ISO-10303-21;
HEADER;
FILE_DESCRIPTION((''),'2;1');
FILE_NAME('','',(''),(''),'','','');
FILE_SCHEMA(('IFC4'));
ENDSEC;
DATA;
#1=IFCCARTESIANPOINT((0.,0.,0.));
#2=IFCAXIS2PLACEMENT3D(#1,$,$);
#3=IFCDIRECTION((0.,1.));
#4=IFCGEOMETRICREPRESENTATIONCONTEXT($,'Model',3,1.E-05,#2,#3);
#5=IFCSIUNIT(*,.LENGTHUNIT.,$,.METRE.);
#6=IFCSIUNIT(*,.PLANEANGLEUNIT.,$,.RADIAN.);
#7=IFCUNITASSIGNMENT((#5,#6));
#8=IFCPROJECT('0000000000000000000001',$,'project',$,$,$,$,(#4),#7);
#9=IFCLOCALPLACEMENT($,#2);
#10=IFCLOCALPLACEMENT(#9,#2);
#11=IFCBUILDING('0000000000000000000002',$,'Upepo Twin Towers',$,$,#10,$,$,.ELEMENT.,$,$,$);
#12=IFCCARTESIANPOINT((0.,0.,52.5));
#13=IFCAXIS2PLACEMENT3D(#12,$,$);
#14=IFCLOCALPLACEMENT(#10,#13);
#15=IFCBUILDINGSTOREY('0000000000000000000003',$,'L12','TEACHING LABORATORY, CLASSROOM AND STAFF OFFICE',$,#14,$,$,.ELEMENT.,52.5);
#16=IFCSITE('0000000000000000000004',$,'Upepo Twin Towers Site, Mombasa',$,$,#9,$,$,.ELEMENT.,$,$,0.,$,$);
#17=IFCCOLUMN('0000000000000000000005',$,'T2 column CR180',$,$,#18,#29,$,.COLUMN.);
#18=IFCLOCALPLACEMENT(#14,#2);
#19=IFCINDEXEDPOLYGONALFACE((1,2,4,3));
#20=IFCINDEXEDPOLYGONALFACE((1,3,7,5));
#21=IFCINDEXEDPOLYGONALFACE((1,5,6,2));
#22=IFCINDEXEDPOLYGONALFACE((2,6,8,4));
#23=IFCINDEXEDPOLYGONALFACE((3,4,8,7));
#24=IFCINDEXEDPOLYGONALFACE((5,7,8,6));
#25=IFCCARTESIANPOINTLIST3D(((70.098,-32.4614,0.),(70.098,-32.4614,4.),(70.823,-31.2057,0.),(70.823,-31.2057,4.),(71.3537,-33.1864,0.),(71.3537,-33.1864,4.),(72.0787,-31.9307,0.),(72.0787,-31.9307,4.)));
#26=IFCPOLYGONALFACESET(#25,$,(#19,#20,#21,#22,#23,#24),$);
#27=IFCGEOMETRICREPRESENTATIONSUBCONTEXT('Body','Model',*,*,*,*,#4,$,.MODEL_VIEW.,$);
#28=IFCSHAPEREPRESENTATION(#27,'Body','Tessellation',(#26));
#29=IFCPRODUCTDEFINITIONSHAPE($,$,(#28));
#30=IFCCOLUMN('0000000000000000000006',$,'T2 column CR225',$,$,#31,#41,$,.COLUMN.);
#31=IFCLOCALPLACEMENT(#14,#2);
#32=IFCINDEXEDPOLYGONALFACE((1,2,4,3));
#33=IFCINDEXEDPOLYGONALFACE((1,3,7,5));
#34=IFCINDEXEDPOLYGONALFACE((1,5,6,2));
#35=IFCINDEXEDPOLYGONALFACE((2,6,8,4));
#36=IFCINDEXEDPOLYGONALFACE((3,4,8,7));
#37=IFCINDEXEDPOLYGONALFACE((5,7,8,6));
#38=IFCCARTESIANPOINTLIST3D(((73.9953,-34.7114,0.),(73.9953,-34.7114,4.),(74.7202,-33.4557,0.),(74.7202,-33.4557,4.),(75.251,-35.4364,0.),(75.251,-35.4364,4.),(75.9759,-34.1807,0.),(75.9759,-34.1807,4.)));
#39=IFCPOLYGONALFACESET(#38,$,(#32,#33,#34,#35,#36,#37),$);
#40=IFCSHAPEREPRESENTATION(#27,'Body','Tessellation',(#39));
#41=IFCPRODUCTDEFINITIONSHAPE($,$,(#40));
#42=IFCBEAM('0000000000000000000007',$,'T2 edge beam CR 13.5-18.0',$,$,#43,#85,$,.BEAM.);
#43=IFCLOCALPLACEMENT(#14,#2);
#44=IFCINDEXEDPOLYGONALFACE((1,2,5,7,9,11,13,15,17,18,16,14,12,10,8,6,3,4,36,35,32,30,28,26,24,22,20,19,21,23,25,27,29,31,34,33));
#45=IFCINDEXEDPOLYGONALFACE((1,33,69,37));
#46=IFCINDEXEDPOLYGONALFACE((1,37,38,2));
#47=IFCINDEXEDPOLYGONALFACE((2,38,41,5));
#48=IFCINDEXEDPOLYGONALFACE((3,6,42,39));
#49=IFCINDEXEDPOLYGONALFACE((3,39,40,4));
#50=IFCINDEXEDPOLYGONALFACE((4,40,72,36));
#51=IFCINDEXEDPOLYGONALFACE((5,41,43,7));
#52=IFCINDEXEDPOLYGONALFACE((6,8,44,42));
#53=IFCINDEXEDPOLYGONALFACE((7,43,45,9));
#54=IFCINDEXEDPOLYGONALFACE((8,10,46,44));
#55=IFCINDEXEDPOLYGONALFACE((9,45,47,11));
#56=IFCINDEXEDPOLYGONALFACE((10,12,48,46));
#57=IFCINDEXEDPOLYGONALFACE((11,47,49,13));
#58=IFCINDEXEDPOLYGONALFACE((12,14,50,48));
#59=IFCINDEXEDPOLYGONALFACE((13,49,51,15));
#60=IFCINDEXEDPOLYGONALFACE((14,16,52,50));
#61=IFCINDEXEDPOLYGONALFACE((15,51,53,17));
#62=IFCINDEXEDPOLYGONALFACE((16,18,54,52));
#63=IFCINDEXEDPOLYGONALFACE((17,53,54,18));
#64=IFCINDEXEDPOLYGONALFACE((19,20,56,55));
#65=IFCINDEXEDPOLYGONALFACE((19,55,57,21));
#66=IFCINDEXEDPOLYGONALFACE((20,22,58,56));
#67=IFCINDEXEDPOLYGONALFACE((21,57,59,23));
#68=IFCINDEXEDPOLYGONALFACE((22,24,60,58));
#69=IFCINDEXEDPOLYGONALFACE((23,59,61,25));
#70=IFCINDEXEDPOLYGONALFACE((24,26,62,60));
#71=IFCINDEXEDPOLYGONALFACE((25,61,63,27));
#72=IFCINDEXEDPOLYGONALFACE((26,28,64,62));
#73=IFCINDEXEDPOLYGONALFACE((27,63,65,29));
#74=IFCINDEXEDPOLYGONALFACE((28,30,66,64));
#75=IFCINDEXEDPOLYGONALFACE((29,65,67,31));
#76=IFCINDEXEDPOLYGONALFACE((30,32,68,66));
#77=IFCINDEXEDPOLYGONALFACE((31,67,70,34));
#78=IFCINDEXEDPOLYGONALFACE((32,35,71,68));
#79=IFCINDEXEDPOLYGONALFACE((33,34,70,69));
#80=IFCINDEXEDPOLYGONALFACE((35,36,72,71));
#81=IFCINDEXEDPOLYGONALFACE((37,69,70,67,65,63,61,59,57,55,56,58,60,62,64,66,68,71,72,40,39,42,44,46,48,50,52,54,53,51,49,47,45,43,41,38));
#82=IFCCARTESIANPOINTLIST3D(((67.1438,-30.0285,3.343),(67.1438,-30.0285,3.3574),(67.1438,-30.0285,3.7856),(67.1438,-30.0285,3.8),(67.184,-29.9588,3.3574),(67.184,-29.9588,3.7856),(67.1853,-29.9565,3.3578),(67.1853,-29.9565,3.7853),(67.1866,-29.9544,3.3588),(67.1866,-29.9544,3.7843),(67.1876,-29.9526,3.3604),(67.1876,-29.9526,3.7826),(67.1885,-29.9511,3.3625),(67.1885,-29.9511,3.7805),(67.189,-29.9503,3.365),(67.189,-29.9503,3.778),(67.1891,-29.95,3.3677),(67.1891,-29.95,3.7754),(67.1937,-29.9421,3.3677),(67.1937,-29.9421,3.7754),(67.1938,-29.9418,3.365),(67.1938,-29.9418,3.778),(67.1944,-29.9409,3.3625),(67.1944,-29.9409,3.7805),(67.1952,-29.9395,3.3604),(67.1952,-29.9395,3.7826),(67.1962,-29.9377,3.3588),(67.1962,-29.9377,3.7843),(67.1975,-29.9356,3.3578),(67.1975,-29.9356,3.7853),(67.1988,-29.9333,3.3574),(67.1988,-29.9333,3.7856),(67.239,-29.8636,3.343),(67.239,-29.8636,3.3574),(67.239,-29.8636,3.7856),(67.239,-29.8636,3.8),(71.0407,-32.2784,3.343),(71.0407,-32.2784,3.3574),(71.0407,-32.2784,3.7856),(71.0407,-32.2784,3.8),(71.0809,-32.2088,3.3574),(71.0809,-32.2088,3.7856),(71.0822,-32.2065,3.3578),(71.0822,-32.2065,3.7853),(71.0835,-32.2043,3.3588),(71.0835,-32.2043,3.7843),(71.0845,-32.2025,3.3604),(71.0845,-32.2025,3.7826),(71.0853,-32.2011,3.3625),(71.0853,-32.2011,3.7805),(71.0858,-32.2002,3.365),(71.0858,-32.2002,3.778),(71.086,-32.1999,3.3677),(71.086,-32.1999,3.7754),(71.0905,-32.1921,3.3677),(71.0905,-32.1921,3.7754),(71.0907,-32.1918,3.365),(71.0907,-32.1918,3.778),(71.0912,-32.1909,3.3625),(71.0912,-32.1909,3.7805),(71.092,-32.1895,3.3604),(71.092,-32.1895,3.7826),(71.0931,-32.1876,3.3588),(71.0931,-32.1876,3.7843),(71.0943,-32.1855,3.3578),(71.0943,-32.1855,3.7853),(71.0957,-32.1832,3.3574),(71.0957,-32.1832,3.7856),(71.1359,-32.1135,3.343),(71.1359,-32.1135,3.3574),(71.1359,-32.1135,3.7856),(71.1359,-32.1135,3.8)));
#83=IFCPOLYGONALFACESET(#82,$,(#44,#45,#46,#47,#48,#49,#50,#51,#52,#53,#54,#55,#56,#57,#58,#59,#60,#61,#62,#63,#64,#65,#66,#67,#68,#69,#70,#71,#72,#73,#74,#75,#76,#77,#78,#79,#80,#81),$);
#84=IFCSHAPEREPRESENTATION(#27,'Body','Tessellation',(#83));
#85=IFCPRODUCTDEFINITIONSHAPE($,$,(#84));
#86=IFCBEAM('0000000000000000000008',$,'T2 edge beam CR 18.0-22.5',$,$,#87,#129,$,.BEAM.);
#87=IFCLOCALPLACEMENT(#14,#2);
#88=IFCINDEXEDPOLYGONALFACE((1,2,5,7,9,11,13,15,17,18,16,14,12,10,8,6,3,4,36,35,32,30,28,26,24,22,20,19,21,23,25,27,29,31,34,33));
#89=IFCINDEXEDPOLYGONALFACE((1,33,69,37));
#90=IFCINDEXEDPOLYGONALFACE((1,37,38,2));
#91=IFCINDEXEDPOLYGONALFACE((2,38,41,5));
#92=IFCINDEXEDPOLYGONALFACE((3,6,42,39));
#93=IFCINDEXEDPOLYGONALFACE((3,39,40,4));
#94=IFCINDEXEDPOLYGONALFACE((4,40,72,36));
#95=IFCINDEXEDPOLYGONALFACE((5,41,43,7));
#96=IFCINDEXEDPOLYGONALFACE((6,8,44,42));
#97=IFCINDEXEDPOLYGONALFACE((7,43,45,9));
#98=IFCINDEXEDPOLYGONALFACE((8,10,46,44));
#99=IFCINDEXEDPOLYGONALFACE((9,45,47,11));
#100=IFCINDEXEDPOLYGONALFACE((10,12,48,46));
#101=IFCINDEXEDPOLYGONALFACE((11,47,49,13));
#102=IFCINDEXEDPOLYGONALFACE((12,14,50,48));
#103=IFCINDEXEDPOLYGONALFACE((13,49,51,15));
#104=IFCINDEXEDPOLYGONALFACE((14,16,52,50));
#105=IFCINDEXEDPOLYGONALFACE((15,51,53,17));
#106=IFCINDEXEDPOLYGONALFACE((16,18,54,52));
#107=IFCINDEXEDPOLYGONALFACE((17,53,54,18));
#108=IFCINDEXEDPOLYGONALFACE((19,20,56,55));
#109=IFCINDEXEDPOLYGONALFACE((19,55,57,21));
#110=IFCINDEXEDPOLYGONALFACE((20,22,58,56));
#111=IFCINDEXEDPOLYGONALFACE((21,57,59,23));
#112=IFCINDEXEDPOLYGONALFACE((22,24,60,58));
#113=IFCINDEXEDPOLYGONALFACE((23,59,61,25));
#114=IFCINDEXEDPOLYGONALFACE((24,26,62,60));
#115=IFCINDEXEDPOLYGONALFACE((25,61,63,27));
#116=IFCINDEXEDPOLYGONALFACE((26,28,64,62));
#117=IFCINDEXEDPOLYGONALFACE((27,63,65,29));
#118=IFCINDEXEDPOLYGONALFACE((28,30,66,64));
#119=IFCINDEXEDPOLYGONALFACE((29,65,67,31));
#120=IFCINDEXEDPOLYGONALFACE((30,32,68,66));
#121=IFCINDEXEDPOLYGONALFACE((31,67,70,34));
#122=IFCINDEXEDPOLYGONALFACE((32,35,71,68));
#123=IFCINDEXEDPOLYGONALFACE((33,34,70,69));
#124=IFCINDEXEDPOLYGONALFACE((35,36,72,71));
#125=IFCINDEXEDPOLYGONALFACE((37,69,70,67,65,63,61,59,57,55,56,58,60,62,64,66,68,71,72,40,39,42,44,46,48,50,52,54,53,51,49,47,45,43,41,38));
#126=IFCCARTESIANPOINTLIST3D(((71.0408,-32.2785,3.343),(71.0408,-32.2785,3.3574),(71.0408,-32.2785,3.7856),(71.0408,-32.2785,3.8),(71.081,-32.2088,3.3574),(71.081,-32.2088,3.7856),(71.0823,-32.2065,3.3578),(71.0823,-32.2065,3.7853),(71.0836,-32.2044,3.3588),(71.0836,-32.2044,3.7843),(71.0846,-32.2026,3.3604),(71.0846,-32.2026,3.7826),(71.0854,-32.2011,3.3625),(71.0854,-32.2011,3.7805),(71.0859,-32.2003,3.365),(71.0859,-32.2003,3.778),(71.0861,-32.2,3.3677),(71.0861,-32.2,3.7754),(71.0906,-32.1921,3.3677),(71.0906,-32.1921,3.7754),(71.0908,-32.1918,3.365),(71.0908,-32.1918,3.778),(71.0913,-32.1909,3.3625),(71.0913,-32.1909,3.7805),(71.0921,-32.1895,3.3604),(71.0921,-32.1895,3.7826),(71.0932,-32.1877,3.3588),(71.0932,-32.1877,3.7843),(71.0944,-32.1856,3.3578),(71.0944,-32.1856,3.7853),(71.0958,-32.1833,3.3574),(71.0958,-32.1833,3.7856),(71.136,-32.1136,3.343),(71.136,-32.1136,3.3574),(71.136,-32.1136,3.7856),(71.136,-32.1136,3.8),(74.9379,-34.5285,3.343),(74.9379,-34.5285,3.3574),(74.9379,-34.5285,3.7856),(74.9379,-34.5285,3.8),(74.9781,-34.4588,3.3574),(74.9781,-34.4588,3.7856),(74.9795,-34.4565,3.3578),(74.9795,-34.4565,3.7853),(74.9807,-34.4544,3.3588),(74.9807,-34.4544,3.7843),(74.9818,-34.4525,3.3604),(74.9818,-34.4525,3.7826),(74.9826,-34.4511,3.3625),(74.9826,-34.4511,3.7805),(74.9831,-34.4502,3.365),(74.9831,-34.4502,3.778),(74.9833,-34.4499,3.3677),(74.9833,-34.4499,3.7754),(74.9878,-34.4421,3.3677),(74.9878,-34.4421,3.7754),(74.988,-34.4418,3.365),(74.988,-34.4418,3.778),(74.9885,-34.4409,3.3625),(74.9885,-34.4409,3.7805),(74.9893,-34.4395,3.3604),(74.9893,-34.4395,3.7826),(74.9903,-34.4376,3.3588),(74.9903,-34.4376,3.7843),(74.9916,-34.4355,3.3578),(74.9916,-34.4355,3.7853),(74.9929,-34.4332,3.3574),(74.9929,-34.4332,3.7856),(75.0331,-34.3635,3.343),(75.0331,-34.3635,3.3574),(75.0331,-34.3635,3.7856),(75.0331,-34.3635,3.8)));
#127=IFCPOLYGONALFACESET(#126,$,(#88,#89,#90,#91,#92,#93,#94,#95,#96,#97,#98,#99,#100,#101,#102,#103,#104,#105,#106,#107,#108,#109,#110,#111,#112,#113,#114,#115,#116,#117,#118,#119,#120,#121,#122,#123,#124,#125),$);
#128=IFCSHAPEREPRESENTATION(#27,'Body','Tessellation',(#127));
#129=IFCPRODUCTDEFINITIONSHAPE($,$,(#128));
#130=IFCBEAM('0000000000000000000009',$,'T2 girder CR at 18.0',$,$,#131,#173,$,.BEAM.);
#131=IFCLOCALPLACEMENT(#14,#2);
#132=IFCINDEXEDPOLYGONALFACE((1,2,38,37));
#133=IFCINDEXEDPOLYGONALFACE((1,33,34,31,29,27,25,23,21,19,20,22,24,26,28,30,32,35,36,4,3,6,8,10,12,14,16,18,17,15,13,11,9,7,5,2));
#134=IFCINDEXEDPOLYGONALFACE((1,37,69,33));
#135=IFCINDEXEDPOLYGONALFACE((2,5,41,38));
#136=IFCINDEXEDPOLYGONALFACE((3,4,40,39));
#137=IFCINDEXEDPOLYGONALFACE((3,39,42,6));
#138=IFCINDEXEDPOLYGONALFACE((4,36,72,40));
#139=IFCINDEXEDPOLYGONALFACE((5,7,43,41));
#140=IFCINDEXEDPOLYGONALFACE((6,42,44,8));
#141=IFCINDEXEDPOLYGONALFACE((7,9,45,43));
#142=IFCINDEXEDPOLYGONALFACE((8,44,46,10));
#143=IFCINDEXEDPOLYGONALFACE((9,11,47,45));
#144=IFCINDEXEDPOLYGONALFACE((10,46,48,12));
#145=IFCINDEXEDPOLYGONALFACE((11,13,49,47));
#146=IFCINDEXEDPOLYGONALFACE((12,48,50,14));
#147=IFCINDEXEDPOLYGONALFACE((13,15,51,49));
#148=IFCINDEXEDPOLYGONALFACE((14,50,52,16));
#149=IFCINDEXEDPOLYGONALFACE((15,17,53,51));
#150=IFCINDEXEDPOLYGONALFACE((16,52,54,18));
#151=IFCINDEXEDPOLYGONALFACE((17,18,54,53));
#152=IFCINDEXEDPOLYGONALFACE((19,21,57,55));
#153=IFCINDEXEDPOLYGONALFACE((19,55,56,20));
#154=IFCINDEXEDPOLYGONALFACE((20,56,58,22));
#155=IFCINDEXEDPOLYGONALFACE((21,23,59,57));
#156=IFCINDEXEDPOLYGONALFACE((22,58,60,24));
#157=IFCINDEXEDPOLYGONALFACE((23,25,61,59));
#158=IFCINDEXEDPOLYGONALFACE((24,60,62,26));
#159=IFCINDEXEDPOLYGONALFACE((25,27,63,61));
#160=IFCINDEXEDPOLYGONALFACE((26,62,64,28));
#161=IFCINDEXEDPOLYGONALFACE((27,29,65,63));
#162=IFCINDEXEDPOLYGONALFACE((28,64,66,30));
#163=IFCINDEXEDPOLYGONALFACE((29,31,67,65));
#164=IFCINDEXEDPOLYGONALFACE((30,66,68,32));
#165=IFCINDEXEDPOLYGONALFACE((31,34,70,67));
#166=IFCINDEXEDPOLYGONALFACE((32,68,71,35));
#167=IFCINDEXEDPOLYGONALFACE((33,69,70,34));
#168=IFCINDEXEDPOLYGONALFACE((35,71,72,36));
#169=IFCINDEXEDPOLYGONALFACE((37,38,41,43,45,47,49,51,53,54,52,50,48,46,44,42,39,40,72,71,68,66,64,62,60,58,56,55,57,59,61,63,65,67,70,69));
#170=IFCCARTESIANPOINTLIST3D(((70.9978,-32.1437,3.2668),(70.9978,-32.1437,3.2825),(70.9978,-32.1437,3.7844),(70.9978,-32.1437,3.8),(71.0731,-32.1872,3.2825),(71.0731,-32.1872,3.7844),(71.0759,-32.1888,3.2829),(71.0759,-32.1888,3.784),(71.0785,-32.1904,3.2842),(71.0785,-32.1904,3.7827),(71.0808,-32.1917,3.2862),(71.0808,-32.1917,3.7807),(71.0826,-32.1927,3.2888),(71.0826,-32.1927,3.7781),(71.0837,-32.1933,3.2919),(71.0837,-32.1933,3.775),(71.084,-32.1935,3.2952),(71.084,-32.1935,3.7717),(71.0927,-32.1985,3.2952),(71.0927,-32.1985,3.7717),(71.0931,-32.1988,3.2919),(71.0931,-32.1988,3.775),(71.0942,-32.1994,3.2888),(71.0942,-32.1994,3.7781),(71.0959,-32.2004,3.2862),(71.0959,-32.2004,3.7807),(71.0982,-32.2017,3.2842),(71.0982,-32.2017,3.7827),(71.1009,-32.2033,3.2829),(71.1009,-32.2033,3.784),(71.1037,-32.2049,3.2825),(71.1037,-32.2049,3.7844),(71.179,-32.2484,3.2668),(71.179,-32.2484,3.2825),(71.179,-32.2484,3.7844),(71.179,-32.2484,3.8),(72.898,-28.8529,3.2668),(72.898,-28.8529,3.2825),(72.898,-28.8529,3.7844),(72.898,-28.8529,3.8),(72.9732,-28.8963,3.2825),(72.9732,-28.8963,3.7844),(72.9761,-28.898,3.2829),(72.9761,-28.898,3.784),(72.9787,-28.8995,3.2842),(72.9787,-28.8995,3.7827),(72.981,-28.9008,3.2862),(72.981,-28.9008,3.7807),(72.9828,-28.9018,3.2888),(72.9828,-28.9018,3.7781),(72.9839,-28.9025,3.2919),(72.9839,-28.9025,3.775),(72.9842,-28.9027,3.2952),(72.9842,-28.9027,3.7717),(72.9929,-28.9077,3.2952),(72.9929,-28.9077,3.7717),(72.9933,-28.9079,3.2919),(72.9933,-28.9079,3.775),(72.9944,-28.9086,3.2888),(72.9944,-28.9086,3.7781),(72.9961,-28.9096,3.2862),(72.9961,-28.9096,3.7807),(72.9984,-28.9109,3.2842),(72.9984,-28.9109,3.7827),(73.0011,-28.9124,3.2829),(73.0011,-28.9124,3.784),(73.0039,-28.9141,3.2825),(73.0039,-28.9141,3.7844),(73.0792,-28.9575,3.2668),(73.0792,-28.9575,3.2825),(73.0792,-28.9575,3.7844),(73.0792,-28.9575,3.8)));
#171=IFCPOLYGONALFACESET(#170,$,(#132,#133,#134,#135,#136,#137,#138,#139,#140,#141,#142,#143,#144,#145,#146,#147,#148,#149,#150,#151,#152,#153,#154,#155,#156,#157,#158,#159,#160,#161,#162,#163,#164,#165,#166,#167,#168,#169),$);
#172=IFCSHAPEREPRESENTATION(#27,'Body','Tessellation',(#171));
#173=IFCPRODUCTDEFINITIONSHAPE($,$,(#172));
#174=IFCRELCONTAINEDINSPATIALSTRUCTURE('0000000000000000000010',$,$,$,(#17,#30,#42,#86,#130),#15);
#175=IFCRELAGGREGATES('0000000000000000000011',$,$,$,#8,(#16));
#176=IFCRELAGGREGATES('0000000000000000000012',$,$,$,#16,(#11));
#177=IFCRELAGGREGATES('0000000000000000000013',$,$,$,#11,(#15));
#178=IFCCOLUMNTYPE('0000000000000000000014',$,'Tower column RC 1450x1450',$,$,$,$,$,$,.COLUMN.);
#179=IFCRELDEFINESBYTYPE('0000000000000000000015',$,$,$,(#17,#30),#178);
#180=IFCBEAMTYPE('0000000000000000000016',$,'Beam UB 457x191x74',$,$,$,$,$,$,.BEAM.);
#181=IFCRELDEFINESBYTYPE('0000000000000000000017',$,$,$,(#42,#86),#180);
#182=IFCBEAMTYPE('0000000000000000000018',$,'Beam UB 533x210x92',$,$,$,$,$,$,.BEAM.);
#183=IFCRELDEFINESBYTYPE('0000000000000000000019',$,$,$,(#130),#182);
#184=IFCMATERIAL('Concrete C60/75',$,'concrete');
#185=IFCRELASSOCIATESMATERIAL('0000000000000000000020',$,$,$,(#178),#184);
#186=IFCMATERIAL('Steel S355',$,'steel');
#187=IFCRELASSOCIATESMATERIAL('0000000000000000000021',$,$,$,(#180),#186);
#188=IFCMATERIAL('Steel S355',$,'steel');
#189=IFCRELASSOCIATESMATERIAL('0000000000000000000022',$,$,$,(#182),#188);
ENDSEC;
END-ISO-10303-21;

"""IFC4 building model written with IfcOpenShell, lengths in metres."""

from ifc_helpers import new_model, si_unit, direction, frame, origin, origin_2d, place, context, subcontext, project, spatial, rectangle, i_section, extrude, material, material_profile, profile_set, type_object, element, save


model = new_model("IFC4")

# Units and contexts
model_context = context("Model", 3, precision=1e-05, world=origin(), true_north=direction((0.0, 1.0)))
body_context = subcontext(model_context, "Body", "Model", "MODEL_VIEW")
ifc_project = project(units=[si_unit("LENGTHUNIT", "METRE"), si_unit("PLANEANGLEUNIT", "RADIAN")], contexts=[model_context])

# Site, building, storey
site_placement = place(None, origin())
site = spatial("IfcSite", under=ifc_project, at=site_placement, Name="Upepo Twin Towers Site, Mombasa", CompositionType="ELEMENT", RefElevation=0.0)
building_placement = place(site_placement, origin())
building = spatial("IfcBuilding", under=site, at=building_placement, Name="Upepo Twin Towers", CompositionType="ELEMENT")
storey_placement = place(building_placement, frame((0.0, 0.0, 52.5)))
storey = spatial("IfcBuildingStorey", under=building, at=storey_placement, Name="L12", Description="TEACHING LABORATORY, CLASSROOM AND STAFF OFFICE", CompositionType="ELEMENT", Elevation=52.5)

# Columns
ifc_material_1 = material(Name="Concrete C60/75", Category="concrete")
ifc_material_profile_1 = material_profile(ifc_material_1, rectangle(XDim=1.45, YDim=1.45, at=origin_2d()), Name="RC 1450x1450")
ifc_profile_set_1 = profile_set([ifc_material_profile_1], Name="Concrete C60/75")
column_type = type_object("IfcColumnType", Name="Tower column RC 1450x1450", PredefinedType="COLUMN", material=ifc_profile_set_1)
for number, where, z_axis, x_axis, name in (
    (1, (71.0884, -32.196, 0.0), (0.0, 0.0, 1.0), (0.5, 0.866025, 0.0), "T2 column CR180"),
    (2, (74.9856, -34.446, 0.0), (0.0, 0.0, 1.0), (0.5, 0.866025, 0.0), "T2 column CR225"),
):
    element("IfcColumn", number, at=place(storey_placement, frame(where, z_axis=z_axis, x_axis=x_axis)), inside=storey, type_object=column_type, Name=name, PredefinedType="COLUMN", context=body_context, shape_type="SweptSolid", body=[
        extrude(rectangle(XDim=1.45, YDim=1.45, at=origin_2d()), origin(), (0.0, 0.0, 1.0), 4.0),
    ])

# Beams
ifc_material_2 = material(Name="Steel S355", Category="steel")
ifc_material_profile_2 = material_profile(ifc_material_2, i_section(OverallWidth=0.1904, OverallDepth=0.457, WebThickness=0.009, FlangeThickness=0.0144, FilletRadius=0.0103, at=origin_2d()), Name="UB 457x191x74")
ifc_profile_set_2 = profile_set([ifc_material_profile_2], Name="Steel S355")
beam_type_1 = type_object("IfcBeamType", Name="Beam UB 457x191x74", PredefinedType="BEAM", material=ifc_profile_set_2)
beam_1_placement = place(storey_placement, frame((67.1914, -29.946, 3.5715), z_axis=(0.866018, -0.500014, 0.0), x_axis=(0.500014, 0.866018, 0.0)))
element("IfcBeam", 3, at=beam_1_placement, inside=storey, type_object=beam_type_1, Name="T2 edge beam CR 13.5-18.0", PredefinedType="BEAM", context=body_context, shape_type="SweptSolid", body=[
    extrude(i_section(OverallWidth=0.1904, OverallDepth=0.457, WebThickness=0.009, FlangeThickness=0.0144, FilletRadius=0.0103, at=origin_2d()), origin(), (0.0, 0.0, 1.0), 4.4998),
])
beam_2_placement = place(storey_placement, frame((71.0884, -32.196, 3.5715), z_axis=(0.866031, -0.49999, 0.0), x_axis=(0.49999, 0.866031, 0.0)))
element("IfcBeam", 4, at=beam_2_placement, inside=storey, type_object=beam_type_1, Name="T2 edge beam CR 18.0-22.5", PredefinedType="BEAM", context=body_context, shape_type="SweptSolid", body=[
    extrude(i_section(OverallWidth=0.1904, OverallDepth=0.457, WebThickness=0.009, FlangeThickness=0.0144, FilletRadius=0.0103, at=origin_2d()), origin(), (0.0, 0.0, 1.0), 4.5),
])
ifc_material_3 = material(Name="Steel S355", Category="steel")
ifc_material_profile_3 = material_profile(ifc_material_3, i_section(OverallWidth=0.2092, OverallDepth=0.5332, WebThickness=0.01, FlangeThickness=0.0156, FilletRadius=0.0127, at=origin_2d()), Name="UB 533x210x92")
ifc_profile_set_3 = profile_set([ifc_material_profile_3], Name="Steel S355")
beam_type_2 = type_object("IfcBeamType", Name="Beam UB 533x210x92", PredefinedType="BEAM", material=ifc_profile_set_3)
beam_3_placement = place(storey_placement, frame((71.0884, -32.196, 3.5334), z_axis=(0.500043, 0.866, 0.0), x_axis=(-0.866, 0.500043, 0.0)))
element("IfcBeam", 5, at=beam_3_placement, inside=storey, type_object=beam_type_2, Name="T2 girder CR at 18.0", PredefinedType="BEAM", context=body_context, shape_type="SweptSolid", body=[
    extrude(i_section(OverallWidth=0.2092, OverallDepth=0.5332, WebThickness=0.01, FlangeThickness=0.0156, FilletRadius=0.0127, at=origin_2d()), origin(), (0.0, 0.0, 1.0), 3.8),
])

save(model, "model.ifc")
